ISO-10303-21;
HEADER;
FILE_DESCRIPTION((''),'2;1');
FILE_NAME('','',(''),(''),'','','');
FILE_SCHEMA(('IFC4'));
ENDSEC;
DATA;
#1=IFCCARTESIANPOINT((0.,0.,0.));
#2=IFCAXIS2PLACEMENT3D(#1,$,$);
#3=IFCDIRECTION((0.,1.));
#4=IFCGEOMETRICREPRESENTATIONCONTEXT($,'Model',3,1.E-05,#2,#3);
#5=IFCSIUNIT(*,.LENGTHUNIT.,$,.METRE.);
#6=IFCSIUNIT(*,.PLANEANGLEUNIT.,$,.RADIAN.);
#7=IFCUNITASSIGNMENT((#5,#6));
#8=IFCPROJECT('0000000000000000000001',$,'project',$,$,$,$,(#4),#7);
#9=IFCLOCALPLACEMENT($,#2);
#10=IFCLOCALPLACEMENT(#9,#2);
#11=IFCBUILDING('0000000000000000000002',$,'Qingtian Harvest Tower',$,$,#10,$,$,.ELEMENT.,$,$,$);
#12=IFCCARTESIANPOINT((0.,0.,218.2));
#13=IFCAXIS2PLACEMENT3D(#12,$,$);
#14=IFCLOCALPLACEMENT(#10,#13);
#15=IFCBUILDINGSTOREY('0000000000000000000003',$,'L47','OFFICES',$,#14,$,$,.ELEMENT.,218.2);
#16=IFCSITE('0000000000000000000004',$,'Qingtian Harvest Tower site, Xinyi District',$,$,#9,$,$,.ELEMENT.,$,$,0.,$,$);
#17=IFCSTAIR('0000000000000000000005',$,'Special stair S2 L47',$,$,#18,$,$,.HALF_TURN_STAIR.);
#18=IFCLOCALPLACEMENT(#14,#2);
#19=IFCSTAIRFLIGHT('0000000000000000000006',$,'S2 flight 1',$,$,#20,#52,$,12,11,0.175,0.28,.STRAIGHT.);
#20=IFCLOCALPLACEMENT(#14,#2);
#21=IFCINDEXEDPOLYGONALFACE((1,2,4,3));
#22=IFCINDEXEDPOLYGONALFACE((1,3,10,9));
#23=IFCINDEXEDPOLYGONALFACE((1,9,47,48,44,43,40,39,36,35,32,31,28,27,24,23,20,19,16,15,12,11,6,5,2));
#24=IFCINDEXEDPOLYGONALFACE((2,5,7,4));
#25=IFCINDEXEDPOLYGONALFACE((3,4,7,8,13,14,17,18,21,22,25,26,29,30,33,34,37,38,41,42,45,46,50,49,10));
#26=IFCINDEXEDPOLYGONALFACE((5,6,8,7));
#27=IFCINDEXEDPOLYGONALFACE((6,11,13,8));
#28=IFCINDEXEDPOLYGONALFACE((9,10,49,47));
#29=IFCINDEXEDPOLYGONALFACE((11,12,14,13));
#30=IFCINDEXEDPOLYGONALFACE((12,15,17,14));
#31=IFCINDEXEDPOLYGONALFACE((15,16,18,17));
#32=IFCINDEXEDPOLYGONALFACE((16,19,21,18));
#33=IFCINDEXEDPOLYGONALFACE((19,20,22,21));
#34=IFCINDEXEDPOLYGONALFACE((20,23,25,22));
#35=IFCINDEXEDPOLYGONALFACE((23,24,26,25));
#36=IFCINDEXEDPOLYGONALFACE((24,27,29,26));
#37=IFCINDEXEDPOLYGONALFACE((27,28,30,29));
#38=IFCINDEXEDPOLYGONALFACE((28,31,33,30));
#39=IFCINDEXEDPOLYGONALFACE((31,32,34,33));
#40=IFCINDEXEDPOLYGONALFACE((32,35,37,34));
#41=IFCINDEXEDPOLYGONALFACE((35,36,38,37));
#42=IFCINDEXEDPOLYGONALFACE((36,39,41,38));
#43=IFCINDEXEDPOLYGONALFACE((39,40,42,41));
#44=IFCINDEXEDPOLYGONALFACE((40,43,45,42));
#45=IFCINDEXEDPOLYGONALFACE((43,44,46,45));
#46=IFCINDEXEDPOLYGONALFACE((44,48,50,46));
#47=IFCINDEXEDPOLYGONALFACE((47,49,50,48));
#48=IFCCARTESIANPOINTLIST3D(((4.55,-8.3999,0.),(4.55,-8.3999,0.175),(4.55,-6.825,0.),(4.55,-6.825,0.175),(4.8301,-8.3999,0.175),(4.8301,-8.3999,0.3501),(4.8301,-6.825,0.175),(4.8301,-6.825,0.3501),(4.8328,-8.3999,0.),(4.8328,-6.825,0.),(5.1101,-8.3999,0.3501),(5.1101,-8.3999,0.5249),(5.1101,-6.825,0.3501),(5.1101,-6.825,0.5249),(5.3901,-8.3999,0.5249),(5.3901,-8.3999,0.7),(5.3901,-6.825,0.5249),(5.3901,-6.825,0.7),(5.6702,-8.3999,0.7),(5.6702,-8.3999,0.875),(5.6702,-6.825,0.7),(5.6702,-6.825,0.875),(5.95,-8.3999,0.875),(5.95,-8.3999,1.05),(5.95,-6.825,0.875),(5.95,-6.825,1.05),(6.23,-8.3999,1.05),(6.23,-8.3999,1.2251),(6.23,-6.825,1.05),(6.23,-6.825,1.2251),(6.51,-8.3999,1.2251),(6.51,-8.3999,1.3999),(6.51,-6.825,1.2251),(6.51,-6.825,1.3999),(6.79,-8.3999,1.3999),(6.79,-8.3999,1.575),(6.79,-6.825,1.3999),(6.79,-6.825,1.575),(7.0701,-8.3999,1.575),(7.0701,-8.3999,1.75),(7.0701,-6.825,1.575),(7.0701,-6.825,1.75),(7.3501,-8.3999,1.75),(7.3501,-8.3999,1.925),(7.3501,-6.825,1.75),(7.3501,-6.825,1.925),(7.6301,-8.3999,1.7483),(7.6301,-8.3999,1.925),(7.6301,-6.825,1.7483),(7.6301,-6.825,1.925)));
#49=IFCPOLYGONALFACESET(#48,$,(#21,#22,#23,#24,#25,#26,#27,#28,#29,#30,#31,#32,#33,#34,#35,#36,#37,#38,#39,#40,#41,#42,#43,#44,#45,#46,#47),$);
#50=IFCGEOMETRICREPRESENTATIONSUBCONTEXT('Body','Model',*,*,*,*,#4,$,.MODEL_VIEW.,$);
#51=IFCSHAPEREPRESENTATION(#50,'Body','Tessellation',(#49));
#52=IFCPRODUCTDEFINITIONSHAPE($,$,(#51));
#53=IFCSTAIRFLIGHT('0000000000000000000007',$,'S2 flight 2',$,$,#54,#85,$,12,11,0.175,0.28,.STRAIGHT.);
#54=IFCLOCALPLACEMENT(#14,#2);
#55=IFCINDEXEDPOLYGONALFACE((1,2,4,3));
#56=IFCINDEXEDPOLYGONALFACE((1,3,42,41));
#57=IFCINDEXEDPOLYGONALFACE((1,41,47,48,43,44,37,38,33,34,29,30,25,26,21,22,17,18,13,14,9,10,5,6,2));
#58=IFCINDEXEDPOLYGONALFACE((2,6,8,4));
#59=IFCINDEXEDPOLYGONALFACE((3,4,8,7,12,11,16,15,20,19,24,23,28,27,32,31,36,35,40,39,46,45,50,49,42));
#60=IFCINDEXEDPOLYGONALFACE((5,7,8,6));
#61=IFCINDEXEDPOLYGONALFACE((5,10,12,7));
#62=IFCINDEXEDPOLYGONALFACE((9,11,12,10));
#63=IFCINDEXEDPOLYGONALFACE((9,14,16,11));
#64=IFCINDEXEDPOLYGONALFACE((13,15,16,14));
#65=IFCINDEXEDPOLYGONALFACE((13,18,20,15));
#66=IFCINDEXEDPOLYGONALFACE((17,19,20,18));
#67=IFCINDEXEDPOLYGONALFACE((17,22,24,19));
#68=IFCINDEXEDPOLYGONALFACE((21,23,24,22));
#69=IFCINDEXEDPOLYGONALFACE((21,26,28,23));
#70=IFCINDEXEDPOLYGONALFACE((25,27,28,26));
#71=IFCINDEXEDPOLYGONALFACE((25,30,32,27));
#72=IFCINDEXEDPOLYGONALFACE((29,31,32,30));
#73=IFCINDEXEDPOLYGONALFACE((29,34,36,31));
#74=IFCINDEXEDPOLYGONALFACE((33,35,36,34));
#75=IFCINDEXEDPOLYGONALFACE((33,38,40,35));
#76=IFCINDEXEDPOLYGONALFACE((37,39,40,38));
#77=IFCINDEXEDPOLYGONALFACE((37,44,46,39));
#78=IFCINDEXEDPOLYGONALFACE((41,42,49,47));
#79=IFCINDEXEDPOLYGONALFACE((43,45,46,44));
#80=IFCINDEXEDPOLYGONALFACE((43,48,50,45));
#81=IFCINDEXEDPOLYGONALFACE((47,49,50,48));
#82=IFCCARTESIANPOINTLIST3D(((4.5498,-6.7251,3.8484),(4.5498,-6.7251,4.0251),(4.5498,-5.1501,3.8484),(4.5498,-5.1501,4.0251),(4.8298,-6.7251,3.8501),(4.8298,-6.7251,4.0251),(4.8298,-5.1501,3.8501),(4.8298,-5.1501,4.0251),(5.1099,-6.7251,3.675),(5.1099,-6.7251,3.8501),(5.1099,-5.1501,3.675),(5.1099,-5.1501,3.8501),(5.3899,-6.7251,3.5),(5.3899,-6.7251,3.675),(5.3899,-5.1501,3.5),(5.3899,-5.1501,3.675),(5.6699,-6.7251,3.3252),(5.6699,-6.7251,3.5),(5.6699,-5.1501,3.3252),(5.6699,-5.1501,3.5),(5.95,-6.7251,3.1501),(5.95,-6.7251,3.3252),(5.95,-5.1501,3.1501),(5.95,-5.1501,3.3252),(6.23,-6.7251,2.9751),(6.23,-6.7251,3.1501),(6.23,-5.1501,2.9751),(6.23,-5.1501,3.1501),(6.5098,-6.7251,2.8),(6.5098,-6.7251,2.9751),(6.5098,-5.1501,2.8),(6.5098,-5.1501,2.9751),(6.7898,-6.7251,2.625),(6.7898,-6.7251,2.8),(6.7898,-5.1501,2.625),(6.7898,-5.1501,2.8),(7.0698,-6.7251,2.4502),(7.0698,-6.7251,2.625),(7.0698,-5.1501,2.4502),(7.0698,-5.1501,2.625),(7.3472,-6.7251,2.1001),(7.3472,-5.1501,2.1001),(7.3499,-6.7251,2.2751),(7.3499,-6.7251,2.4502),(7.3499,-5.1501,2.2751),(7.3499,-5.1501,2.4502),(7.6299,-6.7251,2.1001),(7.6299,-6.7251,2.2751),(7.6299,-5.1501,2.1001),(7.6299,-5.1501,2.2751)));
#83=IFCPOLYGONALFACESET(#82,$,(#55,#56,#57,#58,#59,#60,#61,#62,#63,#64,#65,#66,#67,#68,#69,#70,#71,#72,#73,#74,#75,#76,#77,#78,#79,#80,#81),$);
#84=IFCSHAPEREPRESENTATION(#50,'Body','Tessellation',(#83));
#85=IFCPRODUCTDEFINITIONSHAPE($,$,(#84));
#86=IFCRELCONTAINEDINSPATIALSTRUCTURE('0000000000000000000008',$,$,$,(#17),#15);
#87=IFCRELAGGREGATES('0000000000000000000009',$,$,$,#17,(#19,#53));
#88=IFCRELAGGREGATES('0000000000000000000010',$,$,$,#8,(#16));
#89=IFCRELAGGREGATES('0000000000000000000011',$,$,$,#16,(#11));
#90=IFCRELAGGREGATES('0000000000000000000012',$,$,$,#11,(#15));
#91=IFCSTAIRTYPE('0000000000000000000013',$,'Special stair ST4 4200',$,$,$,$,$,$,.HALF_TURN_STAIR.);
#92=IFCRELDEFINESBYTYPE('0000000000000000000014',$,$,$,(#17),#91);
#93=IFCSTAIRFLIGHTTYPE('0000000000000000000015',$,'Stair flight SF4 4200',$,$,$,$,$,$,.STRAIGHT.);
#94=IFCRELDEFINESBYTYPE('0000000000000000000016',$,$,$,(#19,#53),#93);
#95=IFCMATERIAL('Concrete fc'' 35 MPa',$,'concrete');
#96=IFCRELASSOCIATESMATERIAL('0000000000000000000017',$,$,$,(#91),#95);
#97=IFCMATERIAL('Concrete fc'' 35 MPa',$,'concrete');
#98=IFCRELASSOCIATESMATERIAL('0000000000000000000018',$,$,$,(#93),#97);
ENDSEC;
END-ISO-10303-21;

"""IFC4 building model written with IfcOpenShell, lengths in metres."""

from ifc_helpers import new_model, si_unit, direction, frame, origin, place, context, subcontext, project, spatial, polyline, outline, extrude, material, type_object, element, aggregate, save


model = new_model("IFC4")

# Units and contexts
model_context = context("Model", 3, precision=1e-05, world=origin(), true_north=direction((0.0, 1.0)))
body_context = subcontext(model_context, "Body", "Model", "MODEL_VIEW")
ifc_project = project(units=[si_unit("LENGTHUNIT", "METRE"), si_unit("PLANEANGLEUNIT", "RADIAN")], contexts=[model_context])

# Site, building, storey
site_placement = place(None, origin())
site = spatial("IfcSite", under=ifc_project, at=site_placement, Name="Qingtian Harvest Tower site, Xinyi District", CompositionType="ELEMENT", RefElevation=0.0)
building_placement = place(site_placement, origin())
building = spatial("IfcBuilding", under=site, at=building_placement, Name="Qingtian Harvest Tower", CompositionType="ELEMENT")
storey_placement = place(building_placement, frame((0.0, 0.0, 218.2)))
storey = spatial("IfcBuildingStorey", under=building, at=storey_placement, Name="L47", Description="OFFICES", CompositionType="ELEMENT", Elevation=218.2)

# Stair, stair flights
ifc_material_1 = material(Name="Concrete fc' 35 MPa", Category="concrete")
stair_type = type_object("IfcStairType", Name="Special stair ST4 4200", PredefinedType="HALF_TURN_STAIR", material=ifc_material_1)
stair_placement = place(storey_placement, origin())
stair = element("IfcStair", 1, at=stair_placement, inside=storey, type_object=stair_type, Name="Special stair S2 L47", PredefinedType="HALF_TURN_STAIR")
ifc_material_2 = material(Name="Concrete fc' 35 MPa", Category="concrete")
stair_flight_type = type_object("IfcStairFlightType", Name="Stair flight SF4 4200", PredefinedType="STRAIGHT", material=ifc_material_2)
stair_flight_1_placement = place(storey_placement, frame((4.55, -7.6125, 0.0), z_axis=(0.0, 0.0, 1.0), x_axis=(1.0, 0.0, 0.0)))
stair_flight_1 = element("IfcStairFlight", 2, at=stair_flight_1_placement, type_object=stair_flight_type, Name="S2 flight 1", NumberOfRisers=12, NumberOfTreads=11, PredefinedType="STRAIGHT", RiserHeight=0.175, TreadLength=0.28, context=body_context, shape_type="SweptSolid", body=[
    extrude(outline(polyline([(0.0, 0.0), (0.0, 0.175), (0.28, 0.175), (0.28, 0.3501), (0.5601, 0.3501), (0.5601, 0.5249), (0.8401, 0.5249), (0.8401, 0.7), (1.1201, 0.7), (1.1201, 0.875), (1.3999, 0.875), (1.3999, 1.05), (1.6799, 1.05), (1.6799, 1.2251), (1.96, 1.2251), (1.96, 1.3999), (2.24, 1.3999), (2.24, 1.575), (2.52, 1.575), (2.52, 1.75), (2.8, 1.75), (2.8, 1.925), (3.0801, 1.925), (3.0801, 2.1001), (3.0801, 1.7483), (0.2827, 0.0), (0.0, 0.0)])), frame((0.0, 0.7876, 0.0), z_axis=(0.0, -1.0, 0.0), x_axis=(1.0, 0.0, 0.0)), (0.0, 0.0, 1.0), 1.575),
])
stair_flight_2_placement = place(storey_placement, frame((7.6299, -5.9375, 2.1001), z_axis=(0.0, 0.0, 1.0), x_axis=(-1.0, 0.0, 0.0)))
stair_flight_2 = element("IfcStairFlight", 3, at=stair_flight_2_placement, type_object=stair_flight_type, Name="S2 flight 2", NumberOfRisers=12, NumberOfTreads=11, PredefinedType="STRAIGHT", RiserHeight=0.175, TreadLength=0.28, context=body_context, shape_type="SweptSolid", body=[
    extrude(outline(polyline([(0.0, 0.0), (0.0, 0.175), (0.28, 0.175), (0.28, 0.3501), (0.5601, 0.3501), (0.5601, 0.5249), (0.8401, 0.5249), (0.8401, 0.7), (1.1201, 0.7), (1.1201, 0.875), (1.3999, 0.875), (1.3999, 1.05), (1.6799, 1.05), (1.6799, 1.2251), (1.96, 1.2251), (1.96, 1.3999), (2.24, 1.3999), (2.24, 1.575), (2.52, 1.575), (2.52, 1.75), (2.8, 1.75), (2.8, 1.925), (3.0801, 1.925), (3.0801, 2.1001), (3.0801, 1.7483), (0.2827, 0.0), (0.0, 0.0)])), frame((0.0, 0.7876, 0.0), z_axis=(0.0, -1.0, 0.0), x_axis=(1.0, 0.0, 0.0)), (0.0, 0.0, 1.0), 1.575),
])
aggregate(stair, [stair_flight_1, stair_flight_2])

save(model, "model.ifc")
